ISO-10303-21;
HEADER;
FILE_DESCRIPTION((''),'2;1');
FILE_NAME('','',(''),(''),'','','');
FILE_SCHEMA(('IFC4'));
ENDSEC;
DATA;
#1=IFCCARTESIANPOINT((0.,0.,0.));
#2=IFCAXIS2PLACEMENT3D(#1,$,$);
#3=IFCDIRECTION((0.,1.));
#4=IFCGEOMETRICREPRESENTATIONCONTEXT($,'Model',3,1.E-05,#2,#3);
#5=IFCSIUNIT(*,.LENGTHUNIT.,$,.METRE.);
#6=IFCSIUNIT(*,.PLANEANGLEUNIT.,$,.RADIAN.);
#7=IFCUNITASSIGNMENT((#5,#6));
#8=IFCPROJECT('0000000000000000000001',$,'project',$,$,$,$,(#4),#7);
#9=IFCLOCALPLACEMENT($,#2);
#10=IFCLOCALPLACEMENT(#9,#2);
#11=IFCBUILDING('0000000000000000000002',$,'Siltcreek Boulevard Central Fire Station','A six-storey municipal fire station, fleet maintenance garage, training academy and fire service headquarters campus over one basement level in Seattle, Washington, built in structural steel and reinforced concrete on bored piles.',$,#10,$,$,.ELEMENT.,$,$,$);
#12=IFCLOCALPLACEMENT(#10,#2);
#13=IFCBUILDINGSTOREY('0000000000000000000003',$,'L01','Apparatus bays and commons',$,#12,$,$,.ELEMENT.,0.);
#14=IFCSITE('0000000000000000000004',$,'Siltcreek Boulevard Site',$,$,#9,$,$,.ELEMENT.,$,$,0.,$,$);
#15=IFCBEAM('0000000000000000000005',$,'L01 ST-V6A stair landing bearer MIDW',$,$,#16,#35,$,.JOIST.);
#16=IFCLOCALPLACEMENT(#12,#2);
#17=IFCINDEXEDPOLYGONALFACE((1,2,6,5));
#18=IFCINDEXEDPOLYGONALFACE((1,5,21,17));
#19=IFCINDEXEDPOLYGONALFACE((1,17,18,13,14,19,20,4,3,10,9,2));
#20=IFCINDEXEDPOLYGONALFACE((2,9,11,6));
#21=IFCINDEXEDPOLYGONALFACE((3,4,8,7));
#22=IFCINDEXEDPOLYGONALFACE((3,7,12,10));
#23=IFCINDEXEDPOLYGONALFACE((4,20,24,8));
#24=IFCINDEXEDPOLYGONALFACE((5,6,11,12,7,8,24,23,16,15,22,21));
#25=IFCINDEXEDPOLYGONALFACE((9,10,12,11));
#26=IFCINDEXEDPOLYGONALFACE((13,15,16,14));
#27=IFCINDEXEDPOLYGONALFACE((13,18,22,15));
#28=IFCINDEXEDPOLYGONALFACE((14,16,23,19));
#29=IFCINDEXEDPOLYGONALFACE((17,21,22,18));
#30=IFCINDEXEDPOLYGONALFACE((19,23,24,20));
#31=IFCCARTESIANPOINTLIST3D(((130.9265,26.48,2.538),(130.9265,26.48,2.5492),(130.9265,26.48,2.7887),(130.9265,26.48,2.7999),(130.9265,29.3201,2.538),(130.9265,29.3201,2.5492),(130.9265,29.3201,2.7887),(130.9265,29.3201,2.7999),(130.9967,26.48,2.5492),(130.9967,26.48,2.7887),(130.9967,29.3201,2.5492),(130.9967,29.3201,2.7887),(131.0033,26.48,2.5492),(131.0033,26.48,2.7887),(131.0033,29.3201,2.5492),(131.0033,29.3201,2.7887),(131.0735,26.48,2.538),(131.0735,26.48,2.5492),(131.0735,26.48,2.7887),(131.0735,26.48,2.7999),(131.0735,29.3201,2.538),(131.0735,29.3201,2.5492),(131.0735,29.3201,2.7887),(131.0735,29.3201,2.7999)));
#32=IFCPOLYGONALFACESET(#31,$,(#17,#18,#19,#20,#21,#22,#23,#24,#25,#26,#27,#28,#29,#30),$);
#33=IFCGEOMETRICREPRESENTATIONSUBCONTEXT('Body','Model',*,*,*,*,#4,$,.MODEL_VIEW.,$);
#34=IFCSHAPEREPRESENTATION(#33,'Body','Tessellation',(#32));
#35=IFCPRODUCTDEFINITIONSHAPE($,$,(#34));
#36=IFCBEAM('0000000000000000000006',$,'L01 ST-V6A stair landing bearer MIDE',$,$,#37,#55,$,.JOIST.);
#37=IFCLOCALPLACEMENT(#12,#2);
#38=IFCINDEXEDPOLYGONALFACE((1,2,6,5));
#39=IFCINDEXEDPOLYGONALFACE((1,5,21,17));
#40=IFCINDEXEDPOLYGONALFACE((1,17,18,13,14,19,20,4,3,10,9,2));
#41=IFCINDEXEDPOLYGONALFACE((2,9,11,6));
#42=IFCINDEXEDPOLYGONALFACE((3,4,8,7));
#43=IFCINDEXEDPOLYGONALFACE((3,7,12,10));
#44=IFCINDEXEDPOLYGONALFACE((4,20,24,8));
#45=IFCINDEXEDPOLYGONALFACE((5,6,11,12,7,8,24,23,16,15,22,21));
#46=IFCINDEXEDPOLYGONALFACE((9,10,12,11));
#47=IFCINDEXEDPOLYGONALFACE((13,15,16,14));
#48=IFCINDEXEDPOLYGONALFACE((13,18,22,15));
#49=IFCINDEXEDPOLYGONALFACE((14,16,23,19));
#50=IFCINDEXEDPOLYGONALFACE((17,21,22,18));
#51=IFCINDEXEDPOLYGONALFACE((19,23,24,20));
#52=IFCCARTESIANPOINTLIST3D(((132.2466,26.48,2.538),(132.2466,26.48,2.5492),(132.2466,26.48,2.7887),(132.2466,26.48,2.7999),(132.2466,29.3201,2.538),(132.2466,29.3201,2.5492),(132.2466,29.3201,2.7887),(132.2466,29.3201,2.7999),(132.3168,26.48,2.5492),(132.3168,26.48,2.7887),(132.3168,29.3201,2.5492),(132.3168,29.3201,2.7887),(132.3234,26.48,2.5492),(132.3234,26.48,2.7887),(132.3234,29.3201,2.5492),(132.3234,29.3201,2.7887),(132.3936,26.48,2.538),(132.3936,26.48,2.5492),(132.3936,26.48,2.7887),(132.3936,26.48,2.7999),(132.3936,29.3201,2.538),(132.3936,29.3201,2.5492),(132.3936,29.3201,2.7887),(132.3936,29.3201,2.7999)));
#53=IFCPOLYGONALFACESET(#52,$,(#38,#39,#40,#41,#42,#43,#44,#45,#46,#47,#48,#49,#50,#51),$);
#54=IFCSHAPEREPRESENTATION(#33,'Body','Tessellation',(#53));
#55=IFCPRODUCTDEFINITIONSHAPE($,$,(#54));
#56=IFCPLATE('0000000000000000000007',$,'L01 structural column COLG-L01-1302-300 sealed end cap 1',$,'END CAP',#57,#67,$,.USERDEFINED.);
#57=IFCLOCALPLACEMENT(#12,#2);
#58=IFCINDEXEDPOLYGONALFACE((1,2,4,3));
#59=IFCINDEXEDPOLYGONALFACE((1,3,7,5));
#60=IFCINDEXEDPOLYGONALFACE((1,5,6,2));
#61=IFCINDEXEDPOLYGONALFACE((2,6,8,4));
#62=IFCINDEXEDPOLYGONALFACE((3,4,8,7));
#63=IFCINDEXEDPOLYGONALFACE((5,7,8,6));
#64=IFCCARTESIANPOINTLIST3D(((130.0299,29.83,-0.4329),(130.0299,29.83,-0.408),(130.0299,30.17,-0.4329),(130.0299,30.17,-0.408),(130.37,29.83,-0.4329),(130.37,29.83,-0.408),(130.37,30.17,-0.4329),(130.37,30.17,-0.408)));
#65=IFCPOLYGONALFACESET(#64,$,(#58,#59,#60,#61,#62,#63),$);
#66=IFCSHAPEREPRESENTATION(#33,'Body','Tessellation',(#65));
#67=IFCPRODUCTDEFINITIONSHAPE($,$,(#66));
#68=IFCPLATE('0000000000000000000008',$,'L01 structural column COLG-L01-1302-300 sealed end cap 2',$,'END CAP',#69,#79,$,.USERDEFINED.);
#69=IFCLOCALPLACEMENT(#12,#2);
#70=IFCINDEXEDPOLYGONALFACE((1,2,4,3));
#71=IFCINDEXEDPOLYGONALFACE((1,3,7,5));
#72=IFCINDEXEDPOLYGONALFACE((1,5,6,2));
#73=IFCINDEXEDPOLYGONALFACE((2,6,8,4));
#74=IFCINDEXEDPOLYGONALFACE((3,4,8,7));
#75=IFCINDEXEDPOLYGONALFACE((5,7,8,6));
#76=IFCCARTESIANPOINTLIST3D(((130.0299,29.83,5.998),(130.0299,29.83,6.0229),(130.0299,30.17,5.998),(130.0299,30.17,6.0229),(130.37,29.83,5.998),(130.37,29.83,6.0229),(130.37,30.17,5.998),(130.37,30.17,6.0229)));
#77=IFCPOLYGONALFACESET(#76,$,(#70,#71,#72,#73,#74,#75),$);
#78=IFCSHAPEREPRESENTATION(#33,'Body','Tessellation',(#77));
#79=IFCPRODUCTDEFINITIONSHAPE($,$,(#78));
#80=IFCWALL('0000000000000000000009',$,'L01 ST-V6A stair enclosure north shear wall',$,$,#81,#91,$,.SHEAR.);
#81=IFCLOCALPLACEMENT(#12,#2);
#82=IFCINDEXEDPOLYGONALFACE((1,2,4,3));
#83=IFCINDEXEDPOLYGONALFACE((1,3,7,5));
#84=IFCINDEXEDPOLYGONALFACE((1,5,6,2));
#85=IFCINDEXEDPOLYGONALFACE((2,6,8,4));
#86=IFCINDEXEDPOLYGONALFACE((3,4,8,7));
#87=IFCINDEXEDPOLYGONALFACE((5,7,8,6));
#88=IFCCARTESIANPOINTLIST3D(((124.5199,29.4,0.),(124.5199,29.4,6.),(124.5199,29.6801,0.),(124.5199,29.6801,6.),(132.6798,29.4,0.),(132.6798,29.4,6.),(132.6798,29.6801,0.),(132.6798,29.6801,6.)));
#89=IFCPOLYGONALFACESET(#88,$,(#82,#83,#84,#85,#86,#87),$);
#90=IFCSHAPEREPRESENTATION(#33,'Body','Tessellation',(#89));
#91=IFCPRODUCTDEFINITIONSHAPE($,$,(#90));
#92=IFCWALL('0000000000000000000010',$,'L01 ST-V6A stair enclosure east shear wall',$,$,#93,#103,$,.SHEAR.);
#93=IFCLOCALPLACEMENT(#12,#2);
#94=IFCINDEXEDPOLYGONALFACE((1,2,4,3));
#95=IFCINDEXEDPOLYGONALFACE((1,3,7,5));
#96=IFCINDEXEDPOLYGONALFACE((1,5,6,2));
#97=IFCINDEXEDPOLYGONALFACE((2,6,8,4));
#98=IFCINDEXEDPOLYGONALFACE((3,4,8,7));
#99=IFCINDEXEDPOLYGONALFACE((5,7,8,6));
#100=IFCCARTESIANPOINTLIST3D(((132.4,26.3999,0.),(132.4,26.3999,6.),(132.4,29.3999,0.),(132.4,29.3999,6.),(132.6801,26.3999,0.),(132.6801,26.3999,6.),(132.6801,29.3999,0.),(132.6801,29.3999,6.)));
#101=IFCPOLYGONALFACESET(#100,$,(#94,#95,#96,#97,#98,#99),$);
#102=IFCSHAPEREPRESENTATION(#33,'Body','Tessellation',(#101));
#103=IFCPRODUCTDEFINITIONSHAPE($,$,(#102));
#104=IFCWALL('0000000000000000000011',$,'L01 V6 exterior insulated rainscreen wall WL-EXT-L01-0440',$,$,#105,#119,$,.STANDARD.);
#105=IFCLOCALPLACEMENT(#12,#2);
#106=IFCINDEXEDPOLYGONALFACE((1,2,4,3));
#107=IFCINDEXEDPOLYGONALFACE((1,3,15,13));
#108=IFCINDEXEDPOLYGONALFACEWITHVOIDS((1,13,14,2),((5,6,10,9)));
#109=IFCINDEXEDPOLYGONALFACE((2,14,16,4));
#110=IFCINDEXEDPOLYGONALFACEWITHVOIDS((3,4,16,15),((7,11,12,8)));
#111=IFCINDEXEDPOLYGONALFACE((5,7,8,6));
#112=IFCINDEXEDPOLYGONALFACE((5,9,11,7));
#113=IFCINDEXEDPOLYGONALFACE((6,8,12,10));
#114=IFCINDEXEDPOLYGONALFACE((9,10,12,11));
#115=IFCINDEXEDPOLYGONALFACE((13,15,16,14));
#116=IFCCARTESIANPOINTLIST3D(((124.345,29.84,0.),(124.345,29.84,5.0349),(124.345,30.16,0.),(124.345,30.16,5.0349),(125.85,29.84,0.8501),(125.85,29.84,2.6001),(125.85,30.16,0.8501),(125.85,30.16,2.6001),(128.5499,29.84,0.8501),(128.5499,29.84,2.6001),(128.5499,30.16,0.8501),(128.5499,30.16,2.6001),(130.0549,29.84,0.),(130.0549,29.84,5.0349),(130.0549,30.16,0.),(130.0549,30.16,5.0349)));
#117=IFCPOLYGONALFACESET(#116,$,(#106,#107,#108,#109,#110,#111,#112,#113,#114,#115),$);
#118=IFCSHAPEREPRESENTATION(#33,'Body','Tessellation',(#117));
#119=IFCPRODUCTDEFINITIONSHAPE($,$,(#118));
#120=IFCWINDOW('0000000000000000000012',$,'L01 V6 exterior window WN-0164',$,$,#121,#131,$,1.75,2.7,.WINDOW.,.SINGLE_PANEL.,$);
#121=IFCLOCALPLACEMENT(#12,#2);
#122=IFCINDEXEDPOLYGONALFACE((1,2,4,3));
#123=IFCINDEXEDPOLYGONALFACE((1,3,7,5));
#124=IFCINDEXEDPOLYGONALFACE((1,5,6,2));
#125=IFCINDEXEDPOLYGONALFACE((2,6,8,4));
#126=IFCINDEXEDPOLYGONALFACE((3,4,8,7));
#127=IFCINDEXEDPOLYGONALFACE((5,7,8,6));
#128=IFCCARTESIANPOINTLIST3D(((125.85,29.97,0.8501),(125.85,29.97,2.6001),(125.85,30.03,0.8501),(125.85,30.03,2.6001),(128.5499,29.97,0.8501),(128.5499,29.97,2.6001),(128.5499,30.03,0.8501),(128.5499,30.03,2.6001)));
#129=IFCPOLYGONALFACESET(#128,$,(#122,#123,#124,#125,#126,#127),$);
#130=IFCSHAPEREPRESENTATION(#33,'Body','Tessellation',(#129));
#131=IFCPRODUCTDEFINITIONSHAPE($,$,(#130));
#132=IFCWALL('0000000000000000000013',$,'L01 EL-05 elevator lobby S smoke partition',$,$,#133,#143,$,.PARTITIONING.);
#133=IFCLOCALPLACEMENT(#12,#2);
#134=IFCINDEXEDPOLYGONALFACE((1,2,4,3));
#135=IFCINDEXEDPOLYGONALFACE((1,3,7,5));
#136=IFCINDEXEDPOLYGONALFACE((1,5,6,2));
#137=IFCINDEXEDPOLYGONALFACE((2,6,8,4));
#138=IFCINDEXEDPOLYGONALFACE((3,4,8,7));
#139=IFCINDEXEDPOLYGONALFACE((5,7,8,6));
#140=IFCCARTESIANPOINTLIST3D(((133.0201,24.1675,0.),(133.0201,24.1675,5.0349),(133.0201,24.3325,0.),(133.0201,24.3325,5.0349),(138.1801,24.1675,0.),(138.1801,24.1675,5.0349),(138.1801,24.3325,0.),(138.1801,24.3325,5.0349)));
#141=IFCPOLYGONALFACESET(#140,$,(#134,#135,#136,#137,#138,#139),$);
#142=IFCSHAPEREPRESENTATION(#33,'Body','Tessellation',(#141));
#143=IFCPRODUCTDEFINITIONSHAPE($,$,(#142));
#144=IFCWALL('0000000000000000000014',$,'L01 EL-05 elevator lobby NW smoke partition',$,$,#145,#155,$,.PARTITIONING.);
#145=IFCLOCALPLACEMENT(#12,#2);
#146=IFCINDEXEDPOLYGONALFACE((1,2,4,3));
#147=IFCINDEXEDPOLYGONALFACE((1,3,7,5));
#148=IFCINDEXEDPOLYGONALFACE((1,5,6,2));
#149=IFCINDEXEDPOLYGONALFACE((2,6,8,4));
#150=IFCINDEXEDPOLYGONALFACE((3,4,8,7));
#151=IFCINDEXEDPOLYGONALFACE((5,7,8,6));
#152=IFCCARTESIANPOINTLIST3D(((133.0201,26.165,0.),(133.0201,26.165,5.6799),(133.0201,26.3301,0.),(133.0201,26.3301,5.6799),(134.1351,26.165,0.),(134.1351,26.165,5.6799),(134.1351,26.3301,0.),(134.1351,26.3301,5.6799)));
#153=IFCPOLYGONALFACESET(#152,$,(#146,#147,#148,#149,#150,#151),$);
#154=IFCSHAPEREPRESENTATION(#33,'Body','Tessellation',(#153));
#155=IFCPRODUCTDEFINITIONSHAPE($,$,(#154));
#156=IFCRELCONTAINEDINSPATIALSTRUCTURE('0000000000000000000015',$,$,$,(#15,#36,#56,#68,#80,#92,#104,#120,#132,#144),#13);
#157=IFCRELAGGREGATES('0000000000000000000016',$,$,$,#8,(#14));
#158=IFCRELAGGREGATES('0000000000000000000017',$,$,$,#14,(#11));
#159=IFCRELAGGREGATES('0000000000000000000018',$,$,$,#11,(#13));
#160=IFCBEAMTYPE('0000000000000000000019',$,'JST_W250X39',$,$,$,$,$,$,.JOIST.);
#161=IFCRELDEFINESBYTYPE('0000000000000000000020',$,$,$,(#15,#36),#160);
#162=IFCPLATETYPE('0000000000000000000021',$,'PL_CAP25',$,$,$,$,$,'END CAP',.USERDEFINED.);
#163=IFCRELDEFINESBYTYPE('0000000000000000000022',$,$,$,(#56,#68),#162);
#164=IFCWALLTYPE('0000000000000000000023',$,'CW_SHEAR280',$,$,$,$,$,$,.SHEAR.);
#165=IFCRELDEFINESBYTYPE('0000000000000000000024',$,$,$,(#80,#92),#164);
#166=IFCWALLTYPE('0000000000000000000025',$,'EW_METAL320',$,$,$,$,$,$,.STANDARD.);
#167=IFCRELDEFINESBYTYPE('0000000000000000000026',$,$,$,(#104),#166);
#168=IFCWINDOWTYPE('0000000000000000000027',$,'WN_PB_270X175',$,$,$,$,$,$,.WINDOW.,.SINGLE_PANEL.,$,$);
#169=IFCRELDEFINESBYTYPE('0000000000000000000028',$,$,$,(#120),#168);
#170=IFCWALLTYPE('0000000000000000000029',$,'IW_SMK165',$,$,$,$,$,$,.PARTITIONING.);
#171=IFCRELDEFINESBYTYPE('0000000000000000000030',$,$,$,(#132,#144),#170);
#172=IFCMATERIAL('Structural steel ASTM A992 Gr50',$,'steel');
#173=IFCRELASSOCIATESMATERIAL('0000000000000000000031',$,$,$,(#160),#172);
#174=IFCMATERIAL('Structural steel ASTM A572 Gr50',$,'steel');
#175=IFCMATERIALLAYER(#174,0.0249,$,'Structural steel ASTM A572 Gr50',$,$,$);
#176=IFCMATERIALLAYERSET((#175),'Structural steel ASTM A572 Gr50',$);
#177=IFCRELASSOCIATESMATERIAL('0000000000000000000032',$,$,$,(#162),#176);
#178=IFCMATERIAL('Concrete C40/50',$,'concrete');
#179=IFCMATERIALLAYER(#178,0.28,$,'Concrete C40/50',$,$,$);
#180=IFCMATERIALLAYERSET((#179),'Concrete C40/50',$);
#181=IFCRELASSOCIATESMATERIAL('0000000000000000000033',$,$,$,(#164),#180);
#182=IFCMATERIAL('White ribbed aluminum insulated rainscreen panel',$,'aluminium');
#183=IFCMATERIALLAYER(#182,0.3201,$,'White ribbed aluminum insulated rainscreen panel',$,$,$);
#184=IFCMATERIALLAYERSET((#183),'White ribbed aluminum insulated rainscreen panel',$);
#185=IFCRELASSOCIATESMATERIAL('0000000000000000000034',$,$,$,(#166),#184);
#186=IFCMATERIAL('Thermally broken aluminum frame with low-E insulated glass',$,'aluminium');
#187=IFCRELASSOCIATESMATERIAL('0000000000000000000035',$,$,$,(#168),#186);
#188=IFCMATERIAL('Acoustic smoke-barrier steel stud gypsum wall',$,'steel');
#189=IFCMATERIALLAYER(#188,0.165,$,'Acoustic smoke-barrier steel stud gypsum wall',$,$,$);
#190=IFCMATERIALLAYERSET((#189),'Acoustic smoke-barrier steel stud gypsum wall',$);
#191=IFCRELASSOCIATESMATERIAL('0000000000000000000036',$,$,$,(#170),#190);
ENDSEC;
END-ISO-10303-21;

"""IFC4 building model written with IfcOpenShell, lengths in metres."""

from ifc_helpers import new_model, si_unit, direction, frame, frame_2d, origin, origin_2d, place, context, subcontext, project, spatial, rectangle, i_section, extrude, material, layer, layer_set, material_profile, profile_set, type_object, element, fill, save


model = new_model("IFC4")

# Units and contexts
model_context = context("Model", 3, precision=1e-05, world=origin(), true_north=direction((0.0, 1.0)))
body_context = subcontext(model_context, "Body", "Model", "MODEL_VIEW")
ifc_project = project(units=[si_unit("LENGTHUNIT", "METRE"), si_unit("PLANEANGLEUNIT", "RADIAN")], contexts=[model_context])

# Site, building, storey
site_placement = place(None, origin())
site = spatial("IfcSite", under=ifc_project, at=site_placement, Name="Siltcreek Boulevard Site", CompositionType="ELEMENT", RefElevation=0.0)
building_placement = place(site_placement, origin())
building = spatial("IfcBuilding", under=site, at=building_placement, Name="Siltcreek Boulevard Central Fire Station", Description="A six-storey municipal fire station, fleet maintenance garage, training academy and fire service headquarters campus over one basement level in Seattle, Washington, built in structural steel and reinforced concrete on bored piles.", CompositionType="ELEMENT")
storey_placement = place(building_placement, origin())
storey = spatial("IfcBuildingStorey", under=building, at=storey_placement, Name="L01", Description="Apparatus bays and commons", CompositionType="ELEMENT", Elevation=0.0)

# Beams
ifc_material_1 = material(Name="Structural steel ASTM A992 Gr50", Category="steel")
ifc_material_profile_1 = material_profile(ifc_material_1, i_section(OverallWidth=0.147, OverallDepth=0.262, WebThickness=0.0066, FlangeThickness=0.0112, at=origin_2d()), Name="W250X39")
ifc_profile_set_1 = profile_set([ifc_material_profile_1], Name="Structural steel ASTM A992 Gr50")
beam_type_1 = type_object("IfcBeamType", Name="JST_W250X39", PredefinedType="JOIST", material=ifc_profile_set_1)
for number, where, z_axis, x_axis, name in (
    (1, (131.0, 26.48, 2.6689), (0.0, 1.0, 0.0), (-1.0, 0.0, 0.0), "L01 ST-V6A stair landing bearer MIDW"),
    (2, (132.3201, 26.48, 2.6689), (0.0, 1.0, 0.0), (-1.0, 0.0, 0.0), "L01 ST-V6A stair landing bearer MIDE"),
):
    element("IfcBeam", number, at=place(storey_placement, frame(where, z_axis=z_axis, x_axis=x_axis)), inside=storey, type_object=beam_type_1, Name=name, PredefinedType="JOIST", context=body_context, shape_type="SweptSolid", body=[
        extrude(i_section(OverallWidth=0.147, OverallDepth=0.262, WebThickness=0.0066, FlangeThickness=0.0112, at=origin_2d()), origin(), (0.0, 0.0, 1.0), 2.8401),
    ])

# Plates
ifc_material_2 = material(Name="Structural steel ASTM A572 Gr50", Category="steel")
ifc_layer_1 = layer(ifc_material_2, 0.0249, Name="Structural steel ASTM A572 Gr50")
ifc_layer_set_1 = layer_set([ifc_layer_1], Name="Structural steel ASTM A572 Gr50")
plate_type = type_object("IfcPlateType", Name="PL_CAP25", ElementType="END CAP", PredefinedType="USERDEFINED", material=ifc_layer_set_1)
for number, where, z_axis, x_axis, name in (
    (3, (130.2, 30.0, -0.4329), (0.0, 0.0, 1.0), (1.0, 0.0, 0.0), "L01 structural column COLG-L01-1302-300 sealed end cap 1"),
    (4, (130.2, 30.0, 5.998), (0.0, 0.0, 1.0), (1.0, 0.0, 0.0), "L01 structural column COLG-L01-1302-300 sealed end cap 2"),
):
    element("IfcPlate", number, at=place(storey_placement, frame(where, z_axis=z_axis, x_axis=x_axis)), inside=storey, type_object=plate_type, Name=name, ObjectType="END CAP", PredefinedType="USERDEFINED", context=body_context, shape_type="SweptSolid", body=[
        extrude(rectangle(XDim=0.3401, YDim=0.3401, at=origin_2d()), origin(), (0.0, 0.0, 1.0), 0.0249),
    ])

# Walls
ifc_material_3 = material(Name="Concrete C40/50", Category="concrete")
ifc_layer_2 = layer(ifc_material_3, 0.28, Name="Concrete C40/50")
ifc_layer_set_2 = layer_set([ifc_layer_2], Name="Concrete C40/50")
wall_type_1 = type_object("IfcWallType", Name="CW_SHEAR280", PredefinedType="SHEAR", material=ifc_layer_set_2)
wall_1_placement = place(storey_placement, frame((132.6799, 29.54, 0.0), z_axis=(0.0, 0.0, 1.0), x_axis=(-1.0, 0.0, 0.0)))
element("IfcWall", 5, at=wall_1_placement, inside=storey, type_object=wall_type_1, Name="L01 ST-V6A stair enclosure north shear wall", PredefinedType="SHEAR", context=body_context, shape_type="SweptSolid", body=[
    extrude(rectangle(XDim=8.1599, YDim=0.28, at=frame_2d((4.0801, 0.0))), origin(), (0.0, 0.0, 1.0), 6.0),
])
wall_2_placement = place(storey_placement, frame((132.54, 26.3999, 0.0), z_axis=(0.0, 0.0, 1.0), x_axis=(0.0, 1.0, 0.0)))
element("IfcWall", 6, at=wall_2_placement, inside=storey, type_object=wall_type_1, Name="L01 ST-V6A stair enclosure east shear wall", PredefinedType="SHEAR", context=body_context, shape_type="SweptSolid", body=[
    extrude(rectangle(XDim=3.0, YDim=0.28, at=frame_2d((1.5, 0.0))), origin(), (0.0, 0.0, 1.0), 6.0),
])

# Wall, opening, window
ifc_material_4 = material(Name="White ribbed aluminum insulated rainscreen panel", Category="aluminium")
ifc_layer_3 = layer(ifc_material_4, 0.3201, Name="White ribbed aluminum insulated rainscreen panel")
ifc_layer_set_3 = layer_set([ifc_layer_3], Name="White ribbed aluminum insulated rainscreen panel")
wall_type_2 = type_object("IfcWallType", Name="EW_METAL320", PredefinedType="STANDARD", material=ifc_layer_set_3)
wall_3_placement = place(storey_placement, frame((130.0549, 30.0, 0.0), z_axis=(0.0, 0.0, 1.0), x_axis=(-1.0, 0.0, 0.0)))
wall_3 = element("IfcWall", 7, at=wall_3_placement, inside=storey, type_object=wall_type_2, Name="L01 V6 exterior insulated rainscreen wall WL-EXT-L01-0440", PredefinedType="STANDARD", context=body_context, shape_type="SweptSolid", body=[
    extrude(rectangle(XDim=5.71, YDim=0.3201, at=frame_2d((2.855, 0.0))), origin(), (0.0, 0.0, 1.0), 5.0349),
])
opening_1_placement = place(wall_3_placement, frame((1.5049, 0.0, 0.8501)))
opening_1 = element("IfcOpeningElement", 8, at=opening_1_placement, cuts=wall_3, PredefinedType="OPENING", context=body_context, shape_type="SweptSolid", body=[
    extrude(rectangle(XDim=2.7, YDim=1.75, at=frame_2d((1.3501, 0.875))), frame((0.0, 0.1699, 0.0), z_axis=(0.0, -1.0, 0.0), x_axis=(1.0, 0.0, 0.0)), (0.0, 0.0, 1.0), 0.3401),
])
ifc_material_5 = material(Name="Thermally broken aluminum frame with low-E insulated glass", Category="aluminium")
window_type = type_object("IfcWindowType", Name="WN_PB_270X175", PartitioningType="SINGLE_PANEL", PredefinedType="WINDOW", material=ifc_material_5)
window_placement = place(opening_1_placement, origin())
window = element("IfcWindow", 9, at=window_placement, inside=storey, type_object=window_type, Name="L01 V6 exterior window WN-0164", OverallHeight=1.75, OverallWidth=2.7, PartitioningType="SINGLE_PANEL", PredefinedType="WINDOW", context=body_context, shape_type="SweptSolid", body=[
    extrude(rectangle(XDim=2.7, YDim=1.75, at=frame_2d((1.3501, 0.875))), frame((0.0, 0.03, 0.0), z_axis=(0.0, -1.0, 0.0), x_axis=(1.0, 0.0, 0.0)), (0.0, 0.0, 1.0), 0.0601),
])
fill(opening_1, window)

# Walls
ifc_material_6 = material(Name="Acoustic smoke-barrier steel stud gypsum wall", Category="steel")
ifc_layer_4 = layer(ifc_material_6, 0.165, Name="Acoustic smoke-barrier steel stud gypsum wall")
ifc_layer_set_4 = layer_set([ifc_layer_4], Name="Acoustic smoke-barrier steel stud gypsum wall")
wall_type_3 = type_object("IfcWallType", Name="IW_SMK165", PredefinedType="PARTITIONING", material=ifc_layer_set_4)
wall_4_placement = place(storey_placement, frame((133.02, 24.25, 0.0), z_axis=(0.0, 0.0, 1.0), x_axis=(1.0, 0.0, 0.0)))
element("IfcWall", 10, at=wall_4_placement, inside=storey, type_object=wall_type_3, Name="L01 EL-05 elevator lobby S smoke partition", PredefinedType="PARTITIONING", context=body_context, shape_type="SweptSolid", body=[
    extrude(rectangle(XDim=5.1599, YDim=0.165, at=frame_2d((2.5801, 0.0))), origin(), (0.0, 0.0, 1.0), 5.0349),
])
wall_5_placement = place(storey_placement, frame((133.02, 26.2476, 0.0), z_axis=(0.0, 0.0, 1.0), x_axis=(1.0, 0.0, 0.0)))
element("IfcWall", 11, at=wall_5_placement, inside=storey, type_object=wall_type_3, Name="L01 EL-05 elevator lobby NW smoke partition", PredefinedType="PARTITIONING", context=body_context, shape_type="SweptSolid", body=[
    extrude(rectangle(XDim=1.115, YDim=0.165, at=frame_2d((0.5576, 0.0))), origin(), (0.0, 0.0, 1.0), 5.6799),
])

save(model, "model.ifc")
